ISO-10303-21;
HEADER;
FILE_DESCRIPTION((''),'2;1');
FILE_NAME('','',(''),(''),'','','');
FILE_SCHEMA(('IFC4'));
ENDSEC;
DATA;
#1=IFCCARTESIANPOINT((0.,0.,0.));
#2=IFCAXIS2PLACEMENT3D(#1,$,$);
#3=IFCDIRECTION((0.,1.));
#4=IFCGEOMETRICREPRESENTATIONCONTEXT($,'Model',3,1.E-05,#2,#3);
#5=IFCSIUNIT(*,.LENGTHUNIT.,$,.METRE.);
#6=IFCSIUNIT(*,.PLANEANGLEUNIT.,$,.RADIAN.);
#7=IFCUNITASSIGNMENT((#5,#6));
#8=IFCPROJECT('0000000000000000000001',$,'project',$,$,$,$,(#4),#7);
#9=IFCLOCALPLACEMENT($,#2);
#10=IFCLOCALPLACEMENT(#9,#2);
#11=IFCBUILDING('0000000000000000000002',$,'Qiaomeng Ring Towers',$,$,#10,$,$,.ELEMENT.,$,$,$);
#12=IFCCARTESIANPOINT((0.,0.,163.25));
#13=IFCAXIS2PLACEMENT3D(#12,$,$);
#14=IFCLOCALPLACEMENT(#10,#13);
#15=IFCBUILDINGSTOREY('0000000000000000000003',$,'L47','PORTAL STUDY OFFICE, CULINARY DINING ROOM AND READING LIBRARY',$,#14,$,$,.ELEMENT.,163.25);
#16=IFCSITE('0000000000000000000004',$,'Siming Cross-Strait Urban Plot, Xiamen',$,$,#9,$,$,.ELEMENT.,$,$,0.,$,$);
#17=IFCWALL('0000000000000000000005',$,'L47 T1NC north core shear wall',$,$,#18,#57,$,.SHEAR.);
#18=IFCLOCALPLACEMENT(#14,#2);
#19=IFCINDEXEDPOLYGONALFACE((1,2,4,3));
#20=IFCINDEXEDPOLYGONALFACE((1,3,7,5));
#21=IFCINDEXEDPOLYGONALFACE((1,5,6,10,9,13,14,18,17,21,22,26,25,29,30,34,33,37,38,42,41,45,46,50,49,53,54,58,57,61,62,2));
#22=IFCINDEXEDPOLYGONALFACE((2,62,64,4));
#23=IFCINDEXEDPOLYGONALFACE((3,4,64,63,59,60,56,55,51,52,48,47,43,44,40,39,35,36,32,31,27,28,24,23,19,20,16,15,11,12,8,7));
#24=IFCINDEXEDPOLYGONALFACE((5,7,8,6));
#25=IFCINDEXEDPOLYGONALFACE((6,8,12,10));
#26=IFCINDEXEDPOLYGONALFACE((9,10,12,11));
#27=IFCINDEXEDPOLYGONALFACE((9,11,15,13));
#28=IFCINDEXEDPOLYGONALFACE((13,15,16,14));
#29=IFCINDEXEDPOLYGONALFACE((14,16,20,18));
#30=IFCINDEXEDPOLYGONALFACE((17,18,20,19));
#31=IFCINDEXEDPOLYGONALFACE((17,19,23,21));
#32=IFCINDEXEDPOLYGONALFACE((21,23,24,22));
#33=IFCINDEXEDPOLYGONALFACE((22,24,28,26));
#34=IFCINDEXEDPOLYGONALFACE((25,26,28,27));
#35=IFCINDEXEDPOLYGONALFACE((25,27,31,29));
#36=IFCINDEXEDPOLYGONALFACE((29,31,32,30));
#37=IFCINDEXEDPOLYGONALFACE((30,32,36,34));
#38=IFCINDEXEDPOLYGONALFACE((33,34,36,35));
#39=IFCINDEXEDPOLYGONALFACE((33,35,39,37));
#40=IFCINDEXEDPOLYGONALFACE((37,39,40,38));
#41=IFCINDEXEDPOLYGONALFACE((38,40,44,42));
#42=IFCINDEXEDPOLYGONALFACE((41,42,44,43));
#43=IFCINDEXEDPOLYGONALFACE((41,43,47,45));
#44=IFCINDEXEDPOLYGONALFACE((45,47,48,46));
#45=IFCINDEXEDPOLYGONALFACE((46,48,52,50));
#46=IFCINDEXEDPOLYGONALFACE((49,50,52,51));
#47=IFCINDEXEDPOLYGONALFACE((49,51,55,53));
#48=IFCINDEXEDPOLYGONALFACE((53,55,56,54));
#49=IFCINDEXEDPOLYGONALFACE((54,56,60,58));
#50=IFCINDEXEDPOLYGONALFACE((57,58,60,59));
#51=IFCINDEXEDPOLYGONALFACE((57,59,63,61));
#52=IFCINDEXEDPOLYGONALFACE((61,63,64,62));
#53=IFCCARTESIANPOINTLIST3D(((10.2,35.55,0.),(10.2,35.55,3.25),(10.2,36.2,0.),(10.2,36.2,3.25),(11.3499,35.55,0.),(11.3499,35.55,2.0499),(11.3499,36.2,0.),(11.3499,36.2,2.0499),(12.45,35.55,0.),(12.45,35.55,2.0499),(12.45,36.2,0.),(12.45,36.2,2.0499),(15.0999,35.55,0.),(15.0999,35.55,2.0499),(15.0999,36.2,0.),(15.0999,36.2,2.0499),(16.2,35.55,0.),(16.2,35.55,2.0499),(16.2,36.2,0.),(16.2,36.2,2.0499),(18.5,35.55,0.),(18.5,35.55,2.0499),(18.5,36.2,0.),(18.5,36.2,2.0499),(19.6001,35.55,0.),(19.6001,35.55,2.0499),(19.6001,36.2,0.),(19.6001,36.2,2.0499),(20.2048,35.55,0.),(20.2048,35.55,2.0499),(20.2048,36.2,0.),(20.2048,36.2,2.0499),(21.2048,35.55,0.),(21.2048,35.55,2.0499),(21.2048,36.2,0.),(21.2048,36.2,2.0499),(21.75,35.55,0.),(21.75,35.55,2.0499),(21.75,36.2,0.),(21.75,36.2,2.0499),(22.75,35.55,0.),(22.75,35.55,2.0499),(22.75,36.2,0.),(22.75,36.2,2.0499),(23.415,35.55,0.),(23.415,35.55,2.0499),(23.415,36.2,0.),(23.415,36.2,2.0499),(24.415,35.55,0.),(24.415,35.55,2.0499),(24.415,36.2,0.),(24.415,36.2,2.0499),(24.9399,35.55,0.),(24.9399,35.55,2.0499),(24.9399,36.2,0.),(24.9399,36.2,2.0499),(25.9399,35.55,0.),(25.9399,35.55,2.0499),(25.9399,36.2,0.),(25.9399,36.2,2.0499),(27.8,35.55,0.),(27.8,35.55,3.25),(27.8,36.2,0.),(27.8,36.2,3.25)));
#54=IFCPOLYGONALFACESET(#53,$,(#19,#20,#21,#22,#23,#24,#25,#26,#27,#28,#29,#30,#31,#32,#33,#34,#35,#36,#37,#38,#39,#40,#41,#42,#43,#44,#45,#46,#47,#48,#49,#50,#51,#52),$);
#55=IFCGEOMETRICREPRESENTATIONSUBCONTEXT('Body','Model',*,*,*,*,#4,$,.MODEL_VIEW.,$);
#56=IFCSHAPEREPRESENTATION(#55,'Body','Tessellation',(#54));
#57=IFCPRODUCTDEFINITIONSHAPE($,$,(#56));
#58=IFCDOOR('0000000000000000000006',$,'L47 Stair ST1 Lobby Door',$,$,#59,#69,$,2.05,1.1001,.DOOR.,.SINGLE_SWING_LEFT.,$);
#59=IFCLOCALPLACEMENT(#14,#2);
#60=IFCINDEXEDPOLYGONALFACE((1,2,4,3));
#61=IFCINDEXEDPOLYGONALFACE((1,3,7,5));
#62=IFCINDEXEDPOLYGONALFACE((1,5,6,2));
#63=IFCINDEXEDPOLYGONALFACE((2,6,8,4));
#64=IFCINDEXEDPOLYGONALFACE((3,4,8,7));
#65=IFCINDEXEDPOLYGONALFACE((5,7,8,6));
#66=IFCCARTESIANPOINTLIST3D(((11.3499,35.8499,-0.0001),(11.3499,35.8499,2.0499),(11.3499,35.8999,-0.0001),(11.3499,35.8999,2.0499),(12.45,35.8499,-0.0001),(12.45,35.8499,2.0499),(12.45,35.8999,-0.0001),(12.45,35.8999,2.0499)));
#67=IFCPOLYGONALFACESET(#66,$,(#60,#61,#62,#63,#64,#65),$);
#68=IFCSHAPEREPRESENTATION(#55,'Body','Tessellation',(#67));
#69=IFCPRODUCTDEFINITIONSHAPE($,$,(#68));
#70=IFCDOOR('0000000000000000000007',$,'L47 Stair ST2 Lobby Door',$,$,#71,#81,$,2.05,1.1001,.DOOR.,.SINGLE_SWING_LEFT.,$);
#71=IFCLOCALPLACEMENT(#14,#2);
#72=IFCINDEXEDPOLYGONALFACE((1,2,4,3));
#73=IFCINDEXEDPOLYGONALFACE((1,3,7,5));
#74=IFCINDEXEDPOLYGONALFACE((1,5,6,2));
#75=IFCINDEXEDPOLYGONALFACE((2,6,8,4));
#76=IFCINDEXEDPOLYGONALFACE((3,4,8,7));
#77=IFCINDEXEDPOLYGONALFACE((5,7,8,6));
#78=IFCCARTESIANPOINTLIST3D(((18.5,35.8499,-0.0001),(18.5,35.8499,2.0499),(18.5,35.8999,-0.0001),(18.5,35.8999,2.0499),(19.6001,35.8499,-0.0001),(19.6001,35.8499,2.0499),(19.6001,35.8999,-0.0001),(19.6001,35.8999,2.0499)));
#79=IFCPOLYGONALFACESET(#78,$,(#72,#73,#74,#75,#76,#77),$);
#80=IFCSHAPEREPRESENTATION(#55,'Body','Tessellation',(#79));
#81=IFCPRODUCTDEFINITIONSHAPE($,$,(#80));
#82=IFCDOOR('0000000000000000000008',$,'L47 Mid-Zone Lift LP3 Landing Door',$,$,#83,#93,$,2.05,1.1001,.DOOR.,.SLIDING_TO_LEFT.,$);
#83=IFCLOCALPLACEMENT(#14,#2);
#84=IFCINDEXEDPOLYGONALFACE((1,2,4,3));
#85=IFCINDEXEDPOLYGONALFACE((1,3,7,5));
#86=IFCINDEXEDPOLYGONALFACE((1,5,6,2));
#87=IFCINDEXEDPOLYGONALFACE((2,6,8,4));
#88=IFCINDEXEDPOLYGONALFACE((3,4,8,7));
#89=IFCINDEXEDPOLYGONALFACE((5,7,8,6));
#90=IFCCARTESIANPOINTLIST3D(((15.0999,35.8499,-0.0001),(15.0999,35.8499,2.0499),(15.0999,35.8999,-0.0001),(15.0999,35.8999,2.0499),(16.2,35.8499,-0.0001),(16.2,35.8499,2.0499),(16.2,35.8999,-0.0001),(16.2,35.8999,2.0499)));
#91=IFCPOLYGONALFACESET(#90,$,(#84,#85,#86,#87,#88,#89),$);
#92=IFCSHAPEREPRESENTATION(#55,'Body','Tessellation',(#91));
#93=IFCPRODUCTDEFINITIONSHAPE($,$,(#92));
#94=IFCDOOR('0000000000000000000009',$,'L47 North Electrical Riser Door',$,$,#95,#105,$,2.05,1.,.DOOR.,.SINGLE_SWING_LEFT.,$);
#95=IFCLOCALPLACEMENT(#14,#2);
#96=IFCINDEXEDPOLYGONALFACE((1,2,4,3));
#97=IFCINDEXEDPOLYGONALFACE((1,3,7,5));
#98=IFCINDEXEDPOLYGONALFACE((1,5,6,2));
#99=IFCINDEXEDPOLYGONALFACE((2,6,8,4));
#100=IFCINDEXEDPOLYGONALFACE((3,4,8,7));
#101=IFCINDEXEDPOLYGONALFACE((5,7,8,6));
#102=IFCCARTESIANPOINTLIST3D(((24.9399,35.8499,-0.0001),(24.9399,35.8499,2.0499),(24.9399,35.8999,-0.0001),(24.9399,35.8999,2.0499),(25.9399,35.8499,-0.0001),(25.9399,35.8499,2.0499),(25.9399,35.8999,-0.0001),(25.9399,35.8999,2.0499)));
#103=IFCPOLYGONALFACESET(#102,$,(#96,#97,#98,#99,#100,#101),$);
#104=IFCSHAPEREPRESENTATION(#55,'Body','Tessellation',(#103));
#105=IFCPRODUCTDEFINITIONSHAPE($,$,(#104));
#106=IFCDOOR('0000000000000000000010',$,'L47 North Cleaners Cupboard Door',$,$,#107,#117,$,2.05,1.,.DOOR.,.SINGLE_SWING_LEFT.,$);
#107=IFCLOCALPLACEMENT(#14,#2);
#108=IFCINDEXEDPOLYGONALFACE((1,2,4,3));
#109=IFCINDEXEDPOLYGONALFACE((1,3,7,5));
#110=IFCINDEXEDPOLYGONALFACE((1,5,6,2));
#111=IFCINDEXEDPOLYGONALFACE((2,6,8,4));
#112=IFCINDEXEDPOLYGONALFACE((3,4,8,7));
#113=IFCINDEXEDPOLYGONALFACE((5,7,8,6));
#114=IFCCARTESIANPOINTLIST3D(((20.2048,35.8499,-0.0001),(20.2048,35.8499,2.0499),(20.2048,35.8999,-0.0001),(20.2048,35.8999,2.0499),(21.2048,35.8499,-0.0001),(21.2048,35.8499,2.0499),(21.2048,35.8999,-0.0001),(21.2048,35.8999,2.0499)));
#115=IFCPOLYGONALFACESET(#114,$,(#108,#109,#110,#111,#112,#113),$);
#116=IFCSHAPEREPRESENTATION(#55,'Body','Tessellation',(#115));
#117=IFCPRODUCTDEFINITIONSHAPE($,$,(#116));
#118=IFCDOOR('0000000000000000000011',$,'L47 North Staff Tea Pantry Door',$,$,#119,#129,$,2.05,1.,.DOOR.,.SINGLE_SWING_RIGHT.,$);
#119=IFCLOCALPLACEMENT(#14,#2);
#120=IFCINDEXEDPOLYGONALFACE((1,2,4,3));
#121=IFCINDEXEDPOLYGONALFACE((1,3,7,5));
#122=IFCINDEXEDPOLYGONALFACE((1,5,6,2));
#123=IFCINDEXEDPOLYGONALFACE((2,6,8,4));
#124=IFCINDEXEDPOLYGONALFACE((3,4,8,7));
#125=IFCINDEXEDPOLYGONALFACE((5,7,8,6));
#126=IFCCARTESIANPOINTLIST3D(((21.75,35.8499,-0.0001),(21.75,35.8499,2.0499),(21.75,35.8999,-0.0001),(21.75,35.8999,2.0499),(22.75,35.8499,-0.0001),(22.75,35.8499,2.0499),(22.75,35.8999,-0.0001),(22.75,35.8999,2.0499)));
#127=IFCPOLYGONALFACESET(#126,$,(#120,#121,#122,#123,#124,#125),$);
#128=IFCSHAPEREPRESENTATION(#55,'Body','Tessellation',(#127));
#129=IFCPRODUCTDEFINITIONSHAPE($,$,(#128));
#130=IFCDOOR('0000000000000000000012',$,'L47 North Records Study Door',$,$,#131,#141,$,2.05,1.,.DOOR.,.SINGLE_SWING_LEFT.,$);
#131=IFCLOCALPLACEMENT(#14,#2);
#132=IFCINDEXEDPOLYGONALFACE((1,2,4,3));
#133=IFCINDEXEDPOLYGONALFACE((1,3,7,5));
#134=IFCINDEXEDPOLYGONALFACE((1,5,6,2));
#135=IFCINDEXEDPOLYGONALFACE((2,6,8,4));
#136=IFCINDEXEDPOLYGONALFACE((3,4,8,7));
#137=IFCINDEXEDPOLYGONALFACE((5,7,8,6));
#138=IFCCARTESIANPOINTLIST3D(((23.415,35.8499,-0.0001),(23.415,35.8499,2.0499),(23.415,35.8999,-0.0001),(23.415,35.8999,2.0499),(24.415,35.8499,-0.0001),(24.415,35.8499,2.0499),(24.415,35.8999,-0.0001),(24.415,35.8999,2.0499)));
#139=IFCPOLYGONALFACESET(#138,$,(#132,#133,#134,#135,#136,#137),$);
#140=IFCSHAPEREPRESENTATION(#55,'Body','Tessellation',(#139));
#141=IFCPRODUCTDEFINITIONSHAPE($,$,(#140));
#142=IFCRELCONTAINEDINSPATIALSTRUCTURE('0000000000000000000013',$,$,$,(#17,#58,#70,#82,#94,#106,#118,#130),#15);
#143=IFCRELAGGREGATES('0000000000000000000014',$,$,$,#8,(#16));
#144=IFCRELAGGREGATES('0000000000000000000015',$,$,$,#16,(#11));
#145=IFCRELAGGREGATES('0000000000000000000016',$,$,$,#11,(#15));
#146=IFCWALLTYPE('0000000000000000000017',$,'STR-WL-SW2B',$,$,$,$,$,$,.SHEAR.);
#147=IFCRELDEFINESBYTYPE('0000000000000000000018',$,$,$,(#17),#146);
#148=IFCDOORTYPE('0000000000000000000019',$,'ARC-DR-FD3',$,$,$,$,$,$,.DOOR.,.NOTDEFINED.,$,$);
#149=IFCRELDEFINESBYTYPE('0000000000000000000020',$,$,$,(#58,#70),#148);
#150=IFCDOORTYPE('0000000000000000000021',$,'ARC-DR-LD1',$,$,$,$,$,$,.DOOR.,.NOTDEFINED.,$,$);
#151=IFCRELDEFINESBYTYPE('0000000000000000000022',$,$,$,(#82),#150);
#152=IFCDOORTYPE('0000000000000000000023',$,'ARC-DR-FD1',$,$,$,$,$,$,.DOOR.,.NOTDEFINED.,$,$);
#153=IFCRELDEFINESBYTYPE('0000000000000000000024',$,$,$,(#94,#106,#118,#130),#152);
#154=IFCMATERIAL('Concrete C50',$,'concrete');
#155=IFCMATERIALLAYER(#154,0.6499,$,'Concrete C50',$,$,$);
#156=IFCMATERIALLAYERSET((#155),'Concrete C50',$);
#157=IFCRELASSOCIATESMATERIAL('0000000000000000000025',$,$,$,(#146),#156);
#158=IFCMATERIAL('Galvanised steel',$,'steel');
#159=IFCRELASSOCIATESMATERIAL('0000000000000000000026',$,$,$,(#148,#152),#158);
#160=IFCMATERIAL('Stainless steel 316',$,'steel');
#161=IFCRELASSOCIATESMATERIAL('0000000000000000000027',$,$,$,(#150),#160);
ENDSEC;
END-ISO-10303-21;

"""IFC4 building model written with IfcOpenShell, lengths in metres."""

from ifc_helpers import new_model, si_unit, direction, frame, frame_2d, origin, place, context, subcontext, project, spatial, rectangle, extrude, source, transform, mapped, material, layer, layer_set, type_object, element, fill, save


model = new_model("IFC4")

# Units and contexts
model_context = context("Model", 3, precision=1e-05, world=origin(), true_north=direction((0.0, 1.0)))
body_context = subcontext(model_context, "Body", "Model", "MODEL_VIEW")
ifc_project = project(units=[si_unit("LENGTHUNIT", "METRE"), si_unit("PLANEANGLEUNIT", "RADIAN")], contexts=[model_context])

# Site, building, storey
site_placement = place(None, origin())
site = spatial("IfcSite", under=ifc_project, at=site_placement, Name="Siming Cross-Strait Urban Plot, Xiamen", CompositionType="ELEMENT", RefElevation=0.0)
building_placement = place(site_placement, origin())
building = spatial("IfcBuilding", under=site, at=building_placement, Name="Qiaomeng Ring Towers", CompositionType="ELEMENT")
storey_placement = place(building_placement, frame((0.0, 0.0, 163.25)))
storey = spatial("IfcBuildingStorey", under=building, at=storey_placement, Name="L47", Description="PORTAL STUDY OFFICE, CULINARY DINING ROOM AND READING LIBRARY", CompositionType="ELEMENT", Elevation=163.25)

# Shared definitions
ifc_material_1 = material(Name="Concrete C50", Category="concrete")

# Shared definitions
shared_shape_1 = source(origin(), body_context, "Body", "SweptSolid", [
    extrude(rectangle(XDim=1.0, YDim=2.05, at=frame_2d((0.5, 1.0249))), frame((0.0, 0.0249, 0.0), z_axis=(0.0, -1.0, 0.0), x_axis=(1.0, 0.0, 0.0)), (0.0, 0.0, 1.0), 0.05),
])

# Wall, openings, doors
ifc_layer_1 = layer(ifc_material_1, 0.6499, Name="Concrete C50")
ifc_layer_set_1 = layer_set([ifc_layer_1], Name="Concrete C50")
wall_type_1 = type_object("IfcWallType", Name="STR-WL-SW2B", PredefinedType="SHEAR", material=ifc_layer_set_1)
wall_1_placement = place(storey_placement, frame((10.2, 35.875, 0.0), z_axis=(0.0, 0.0, 1.0), x_axis=(1.0, 0.0, 0.0)))
wall_1 = element("IfcWall", 1, at=wall_1_placement, inside=storey, type_object=wall_type_1, Name="L47 T1NC north core shear wall", PredefinedType="SHEAR", context=body_context, shape_type="SweptSolid", body=[
    extrude(rectangle(XDim=17.6001, YDim=0.6499, at=frame_2d((8.8, 0.0))), origin(), (0.0, 0.0, 1.0), 3.25),
])
opening_1_placement = place(wall_1_placement, frame((1.1499, 0.0, 0.0)))
opening_1 = element("IfcOpeningElement", 2, at=opening_1_placement, cuts=wall_1, PredefinedType="OPENING", context=body_context, shape_type="SweptSolid", body=[
    extrude(rectangle(XDim=1.1001, YDim=2.05, at=frame_2d((0.55, 1.0249))), frame((0.0, 0.335, 0.0), z_axis=(0.0, -1.0, 0.0), x_axis=(1.0, 0.0, 0.0)), (0.0, 0.0, 1.0), 0.6699),
])
opening_2_placement = place(wall_1_placement, frame((8.3, 0.0, 0.0)))
opening_2 = element("IfcOpeningElement", 3, at=opening_2_placement, cuts=wall_1, PredefinedType="OPENING", context=body_context, shape_type="SweptSolid", body=[
    extrude(rectangle(XDim=1.1001, YDim=2.05, at=frame_2d((0.55, 1.0249))), frame((0.0, 0.335, 0.0), z_axis=(0.0, -1.0, 0.0), x_axis=(1.0, 0.0, 0.0)), (0.0, 0.0, 1.0), 0.6699),
])
opening_3_placement = place(wall_1_placement, frame((4.8999, 0.0, 0.0)))
opening_3 = element("IfcOpeningElement", 4, at=opening_3_placement, cuts=wall_1, PredefinedType="OPENING", context=body_context, shape_type="SweptSolid", body=[
    extrude(rectangle(XDim=1.1001, YDim=2.05, at=frame_2d((0.55, 1.0249))), frame((0.0, 0.335, 0.0), z_axis=(0.0, -1.0, 0.0), x_axis=(1.0, 0.0, 0.0)), (0.0, 0.0, 1.0), 0.6699),
])
opening_4_placement = place(wall_1_placement, frame((14.74, 0.0, 0.0)))
opening_4 = element("IfcOpeningElement", 5, at=opening_4_placement, cuts=wall_1, PredefinedType="OPENING", context=body_context, shape_type="SweptSolid", body=[
    extrude(rectangle(XDim=1.0, YDim=2.05, at=frame_2d((0.5, 1.0249))), frame((0.0, 0.335, 0.0), z_axis=(0.0, -1.0, 0.0), x_axis=(1.0, 0.0, 0.0)), (0.0, 0.0, 1.0), 0.6699),
])
opening_5_placement = place(wall_1_placement, frame((10.0049, 0.0, 0.0)))
opening_5 = element("IfcOpeningElement", 6, at=opening_5_placement, cuts=wall_1, PredefinedType="OPENING", context=body_context, shape_type="SweptSolid", body=[
    extrude(rectangle(XDim=1.0, YDim=2.05, at=frame_2d((0.5, 1.0249))), frame((0.0, 0.335, 0.0), z_axis=(0.0, -1.0, 0.0), x_axis=(1.0, 0.0, 0.0)), (0.0, 0.0, 1.0), 0.6699),
])
opening_6_placement = place(wall_1_placement, frame((11.55, 0.0, 0.0)))
opening_6 = element("IfcOpeningElement", 7, at=opening_6_placement, cuts=wall_1, PredefinedType="OPENING", context=body_context, shape_type="SweptSolid", body=[
    extrude(rectangle(XDim=1.0, YDim=2.05, at=frame_2d((0.5, 1.0249))), frame((0.0, 0.335, 0.0), z_axis=(0.0, -1.0, 0.0), x_axis=(1.0, 0.0, 0.0)), (0.0, 0.0, 1.0), 0.6699),
])
opening_7_placement = place(wall_1_placement, frame((13.2151, 0.0, 0.0)))
opening_7 = element("IfcOpeningElement", 8, at=opening_7_placement, cuts=wall_1, PredefinedType="OPENING", context=body_context, shape_type="SweptSolid", body=[
    extrude(rectangle(XDim=1.0, YDim=2.05, at=frame_2d((0.5, 1.0249))), frame((0.0, 0.335, 0.0), z_axis=(0.0, -1.0, 0.0), x_axis=(1.0, 0.0, 0.0)), (0.0, 0.0, 1.0), 0.6699),
])
ifc_material_2 = material(Name="Galvanised steel", Category="steel")
door_type_1 = type_object("IfcDoorType", Name="ARC-DR-FD3", OperationType="NOTDEFINED", PredefinedType="DOOR", material=ifc_material_2)
shared_shape_2 = source(origin(), body_context, "Body", "SweptSolid", [
    extrude(rectangle(XDim=1.1001, YDim=2.05, at=frame_2d((0.55, 1.0249))), frame((0.0, 0.0249, 0.0), z_axis=(0.0, -1.0, 0.0), x_axis=(1.0, 0.0, 0.0)), (0.0, 0.0, 1.0), 0.05),
])
door_1_placement = place(opening_1_placement, origin())
door_1 = element("IfcDoor", 9, at=door_1_placement, inside=storey, type_object=door_type_1, Name="L47 Stair ST1 Lobby Door", OperationType="SINGLE_SWING_LEFT", OverallHeight=2.05, OverallWidth=1.1001, PredefinedType="DOOR", context=body_context, shape_type="MappedRepresentation", body=[
    mapped(shared_shape_2, transform((0.0, 0.0, 0.0), x_axis=(1.0, 0.0, 0.0), y_axis=(0.0, 1.0, 0.0), z_axis=(0.0, 0.0, 1.0), scale=1.0)),
])
fill(opening_1, door_1)
door_2_placement = place(opening_2_placement, origin())
door_2 = element("IfcDoor", 10, at=door_2_placement, inside=storey, type_object=door_type_1, Name="L47 Stair ST2 Lobby Door", OperationType="SINGLE_SWING_LEFT", OverallHeight=2.05, OverallWidth=1.1001, PredefinedType="DOOR", context=body_context, shape_type="MappedRepresentation", body=[
    mapped(shared_shape_2, transform((0.0, 0.0, 0.0), x_axis=(1.0, 0.0, 0.0), y_axis=(0.0, 1.0, 0.0), z_axis=(0.0, 0.0, 1.0), scale=1.0)),
])
fill(opening_2, door_2)
ifc_material_3 = material(Name="Stainless steel 316", Category="steel")
door_type_2 = type_object("IfcDoorType", Name="ARC-DR-LD1", OperationType="NOTDEFINED", PredefinedType="DOOR", material=ifc_material_3)
door_3_placement = place(opening_3_placement, origin())
door_3 = element("IfcDoor", 11, at=door_3_placement, inside=storey, type_object=door_type_2, Name="L47 Mid-Zone Lift LP3 Landing Door", OperationType="SLIDING_TO_LEFT", OverallHeight=2.05, OverallWidth=1.1001, PredefinedType="DOOR", context=body_context, shape_type="MappedRepresentation", body=[
    mapped(shared_shape_2, transform((0.0, 0.0, 0.0), x_axis=(1.0, 0.0, 0.0), y_axis=(0.0, 1.0, 0.0), z_axis=(0.0, 0.0, 1.0), scale=1.0)),
])
fill(opening_3, door_3)
door_type_3 = type_object("IfcDoorType", Name="ARC-DR-FD1", OperationType="NOTDEFINED", PredefinedType="DOOR", material=ifc_material_2)
door_4_placement = place(opening_4_placement, origin())
door_4 = element("IfcDoor", 12, at=door_4_placement, inside=storey, type_object=door_type_3, Name="L47 North Electrical Riser Door", OperationType="SINGLE_SWING_LEFT", OverallHeight=2.05, OverallWidth=1.0, PredefinedType="DOOR", context=body_context, shape_type="MappedRepresentation", body=[
    mapped(shared_shape_1, transform((0.0, 0.0, 0.0), x_axis=(1.0, 0.0, 0.0), y_axis=(0.0, 1.0, 0.0), z_axis=(0.0, 0.0, 1.0), scale=1.0)),
])
fill(opening_4, door_4)
door_5_placement = place(opening_5_placement, origin())
door_5 = element("IfcDoor", 13, at=door_5_placement, inside=storey, type_object=door_type_3, Name="L47 North Cleaners Cupboard Door", OperationType="SINGLE_SWING_LEFT", OverallHeight=2.05, OverallWidth=1.0, PredefinedType="DOOR", context=body_context, shape_type="MappedRepresentation", body=[
    mapped(shared_shape_1, transform((0.0, 0.0, 0.0), x_axis=(1.0, 0.0, 0.0), y_axis=(0.0, 1.0, 0.0), z_axis=(0.0, 0.0, 1.0), scale=1.0)),
])
fill(opening_5, door_5)
door_6_placement = place(opening_6_placement, origin())
door_6 = element("IfcDoor", 14, at=door_6_placement, inside=storey, type_object=door_type_3, Name="L47 North Staff Tea Pantry Door", OperationType="SINGLE_SWING_RIGHT", OverallHeight=2.05, OverallWidth=1.0, PredefinedType="DOOR", context=body_context, shape_type="MappedRepresentation", body=[
    mapped(shared_shape_1, transform((0.0, 0.0, 0.0), x_axis=(1.0, 0.0, 0.0), y_axis=(0.0, 1.0, 0.0), z_axis=(0.0, 0.0, 1.0), scale=1.0)),
])
fill(opening_6, door_6)
door_7_placement = place(opening_7_placement, origin())
door_7 = element("IfcDoor", 15, at=door_7_placement, inside=storey, type_object=door_type_3, Name="L47 North Records Study Door", OperationType="SINGLE_SWING_LEFT", OverallHeight=2.05, OverallWidth=1.0, PredefinedType="DOOR", context=body_context, shape_type="MappedRepresentation", body=[
    mapped(shared_shape_1, transform((0.0, 0.0, 0.0), x_axis=(1.0, 0.0, 0.0), y_axis=(0.0, 1.0, 0.0), z_axis=(0.0, 0.0, 1.0), scale=1.0)),
])
fill(opening_7, door_7)

save(model, "model.ifc")
